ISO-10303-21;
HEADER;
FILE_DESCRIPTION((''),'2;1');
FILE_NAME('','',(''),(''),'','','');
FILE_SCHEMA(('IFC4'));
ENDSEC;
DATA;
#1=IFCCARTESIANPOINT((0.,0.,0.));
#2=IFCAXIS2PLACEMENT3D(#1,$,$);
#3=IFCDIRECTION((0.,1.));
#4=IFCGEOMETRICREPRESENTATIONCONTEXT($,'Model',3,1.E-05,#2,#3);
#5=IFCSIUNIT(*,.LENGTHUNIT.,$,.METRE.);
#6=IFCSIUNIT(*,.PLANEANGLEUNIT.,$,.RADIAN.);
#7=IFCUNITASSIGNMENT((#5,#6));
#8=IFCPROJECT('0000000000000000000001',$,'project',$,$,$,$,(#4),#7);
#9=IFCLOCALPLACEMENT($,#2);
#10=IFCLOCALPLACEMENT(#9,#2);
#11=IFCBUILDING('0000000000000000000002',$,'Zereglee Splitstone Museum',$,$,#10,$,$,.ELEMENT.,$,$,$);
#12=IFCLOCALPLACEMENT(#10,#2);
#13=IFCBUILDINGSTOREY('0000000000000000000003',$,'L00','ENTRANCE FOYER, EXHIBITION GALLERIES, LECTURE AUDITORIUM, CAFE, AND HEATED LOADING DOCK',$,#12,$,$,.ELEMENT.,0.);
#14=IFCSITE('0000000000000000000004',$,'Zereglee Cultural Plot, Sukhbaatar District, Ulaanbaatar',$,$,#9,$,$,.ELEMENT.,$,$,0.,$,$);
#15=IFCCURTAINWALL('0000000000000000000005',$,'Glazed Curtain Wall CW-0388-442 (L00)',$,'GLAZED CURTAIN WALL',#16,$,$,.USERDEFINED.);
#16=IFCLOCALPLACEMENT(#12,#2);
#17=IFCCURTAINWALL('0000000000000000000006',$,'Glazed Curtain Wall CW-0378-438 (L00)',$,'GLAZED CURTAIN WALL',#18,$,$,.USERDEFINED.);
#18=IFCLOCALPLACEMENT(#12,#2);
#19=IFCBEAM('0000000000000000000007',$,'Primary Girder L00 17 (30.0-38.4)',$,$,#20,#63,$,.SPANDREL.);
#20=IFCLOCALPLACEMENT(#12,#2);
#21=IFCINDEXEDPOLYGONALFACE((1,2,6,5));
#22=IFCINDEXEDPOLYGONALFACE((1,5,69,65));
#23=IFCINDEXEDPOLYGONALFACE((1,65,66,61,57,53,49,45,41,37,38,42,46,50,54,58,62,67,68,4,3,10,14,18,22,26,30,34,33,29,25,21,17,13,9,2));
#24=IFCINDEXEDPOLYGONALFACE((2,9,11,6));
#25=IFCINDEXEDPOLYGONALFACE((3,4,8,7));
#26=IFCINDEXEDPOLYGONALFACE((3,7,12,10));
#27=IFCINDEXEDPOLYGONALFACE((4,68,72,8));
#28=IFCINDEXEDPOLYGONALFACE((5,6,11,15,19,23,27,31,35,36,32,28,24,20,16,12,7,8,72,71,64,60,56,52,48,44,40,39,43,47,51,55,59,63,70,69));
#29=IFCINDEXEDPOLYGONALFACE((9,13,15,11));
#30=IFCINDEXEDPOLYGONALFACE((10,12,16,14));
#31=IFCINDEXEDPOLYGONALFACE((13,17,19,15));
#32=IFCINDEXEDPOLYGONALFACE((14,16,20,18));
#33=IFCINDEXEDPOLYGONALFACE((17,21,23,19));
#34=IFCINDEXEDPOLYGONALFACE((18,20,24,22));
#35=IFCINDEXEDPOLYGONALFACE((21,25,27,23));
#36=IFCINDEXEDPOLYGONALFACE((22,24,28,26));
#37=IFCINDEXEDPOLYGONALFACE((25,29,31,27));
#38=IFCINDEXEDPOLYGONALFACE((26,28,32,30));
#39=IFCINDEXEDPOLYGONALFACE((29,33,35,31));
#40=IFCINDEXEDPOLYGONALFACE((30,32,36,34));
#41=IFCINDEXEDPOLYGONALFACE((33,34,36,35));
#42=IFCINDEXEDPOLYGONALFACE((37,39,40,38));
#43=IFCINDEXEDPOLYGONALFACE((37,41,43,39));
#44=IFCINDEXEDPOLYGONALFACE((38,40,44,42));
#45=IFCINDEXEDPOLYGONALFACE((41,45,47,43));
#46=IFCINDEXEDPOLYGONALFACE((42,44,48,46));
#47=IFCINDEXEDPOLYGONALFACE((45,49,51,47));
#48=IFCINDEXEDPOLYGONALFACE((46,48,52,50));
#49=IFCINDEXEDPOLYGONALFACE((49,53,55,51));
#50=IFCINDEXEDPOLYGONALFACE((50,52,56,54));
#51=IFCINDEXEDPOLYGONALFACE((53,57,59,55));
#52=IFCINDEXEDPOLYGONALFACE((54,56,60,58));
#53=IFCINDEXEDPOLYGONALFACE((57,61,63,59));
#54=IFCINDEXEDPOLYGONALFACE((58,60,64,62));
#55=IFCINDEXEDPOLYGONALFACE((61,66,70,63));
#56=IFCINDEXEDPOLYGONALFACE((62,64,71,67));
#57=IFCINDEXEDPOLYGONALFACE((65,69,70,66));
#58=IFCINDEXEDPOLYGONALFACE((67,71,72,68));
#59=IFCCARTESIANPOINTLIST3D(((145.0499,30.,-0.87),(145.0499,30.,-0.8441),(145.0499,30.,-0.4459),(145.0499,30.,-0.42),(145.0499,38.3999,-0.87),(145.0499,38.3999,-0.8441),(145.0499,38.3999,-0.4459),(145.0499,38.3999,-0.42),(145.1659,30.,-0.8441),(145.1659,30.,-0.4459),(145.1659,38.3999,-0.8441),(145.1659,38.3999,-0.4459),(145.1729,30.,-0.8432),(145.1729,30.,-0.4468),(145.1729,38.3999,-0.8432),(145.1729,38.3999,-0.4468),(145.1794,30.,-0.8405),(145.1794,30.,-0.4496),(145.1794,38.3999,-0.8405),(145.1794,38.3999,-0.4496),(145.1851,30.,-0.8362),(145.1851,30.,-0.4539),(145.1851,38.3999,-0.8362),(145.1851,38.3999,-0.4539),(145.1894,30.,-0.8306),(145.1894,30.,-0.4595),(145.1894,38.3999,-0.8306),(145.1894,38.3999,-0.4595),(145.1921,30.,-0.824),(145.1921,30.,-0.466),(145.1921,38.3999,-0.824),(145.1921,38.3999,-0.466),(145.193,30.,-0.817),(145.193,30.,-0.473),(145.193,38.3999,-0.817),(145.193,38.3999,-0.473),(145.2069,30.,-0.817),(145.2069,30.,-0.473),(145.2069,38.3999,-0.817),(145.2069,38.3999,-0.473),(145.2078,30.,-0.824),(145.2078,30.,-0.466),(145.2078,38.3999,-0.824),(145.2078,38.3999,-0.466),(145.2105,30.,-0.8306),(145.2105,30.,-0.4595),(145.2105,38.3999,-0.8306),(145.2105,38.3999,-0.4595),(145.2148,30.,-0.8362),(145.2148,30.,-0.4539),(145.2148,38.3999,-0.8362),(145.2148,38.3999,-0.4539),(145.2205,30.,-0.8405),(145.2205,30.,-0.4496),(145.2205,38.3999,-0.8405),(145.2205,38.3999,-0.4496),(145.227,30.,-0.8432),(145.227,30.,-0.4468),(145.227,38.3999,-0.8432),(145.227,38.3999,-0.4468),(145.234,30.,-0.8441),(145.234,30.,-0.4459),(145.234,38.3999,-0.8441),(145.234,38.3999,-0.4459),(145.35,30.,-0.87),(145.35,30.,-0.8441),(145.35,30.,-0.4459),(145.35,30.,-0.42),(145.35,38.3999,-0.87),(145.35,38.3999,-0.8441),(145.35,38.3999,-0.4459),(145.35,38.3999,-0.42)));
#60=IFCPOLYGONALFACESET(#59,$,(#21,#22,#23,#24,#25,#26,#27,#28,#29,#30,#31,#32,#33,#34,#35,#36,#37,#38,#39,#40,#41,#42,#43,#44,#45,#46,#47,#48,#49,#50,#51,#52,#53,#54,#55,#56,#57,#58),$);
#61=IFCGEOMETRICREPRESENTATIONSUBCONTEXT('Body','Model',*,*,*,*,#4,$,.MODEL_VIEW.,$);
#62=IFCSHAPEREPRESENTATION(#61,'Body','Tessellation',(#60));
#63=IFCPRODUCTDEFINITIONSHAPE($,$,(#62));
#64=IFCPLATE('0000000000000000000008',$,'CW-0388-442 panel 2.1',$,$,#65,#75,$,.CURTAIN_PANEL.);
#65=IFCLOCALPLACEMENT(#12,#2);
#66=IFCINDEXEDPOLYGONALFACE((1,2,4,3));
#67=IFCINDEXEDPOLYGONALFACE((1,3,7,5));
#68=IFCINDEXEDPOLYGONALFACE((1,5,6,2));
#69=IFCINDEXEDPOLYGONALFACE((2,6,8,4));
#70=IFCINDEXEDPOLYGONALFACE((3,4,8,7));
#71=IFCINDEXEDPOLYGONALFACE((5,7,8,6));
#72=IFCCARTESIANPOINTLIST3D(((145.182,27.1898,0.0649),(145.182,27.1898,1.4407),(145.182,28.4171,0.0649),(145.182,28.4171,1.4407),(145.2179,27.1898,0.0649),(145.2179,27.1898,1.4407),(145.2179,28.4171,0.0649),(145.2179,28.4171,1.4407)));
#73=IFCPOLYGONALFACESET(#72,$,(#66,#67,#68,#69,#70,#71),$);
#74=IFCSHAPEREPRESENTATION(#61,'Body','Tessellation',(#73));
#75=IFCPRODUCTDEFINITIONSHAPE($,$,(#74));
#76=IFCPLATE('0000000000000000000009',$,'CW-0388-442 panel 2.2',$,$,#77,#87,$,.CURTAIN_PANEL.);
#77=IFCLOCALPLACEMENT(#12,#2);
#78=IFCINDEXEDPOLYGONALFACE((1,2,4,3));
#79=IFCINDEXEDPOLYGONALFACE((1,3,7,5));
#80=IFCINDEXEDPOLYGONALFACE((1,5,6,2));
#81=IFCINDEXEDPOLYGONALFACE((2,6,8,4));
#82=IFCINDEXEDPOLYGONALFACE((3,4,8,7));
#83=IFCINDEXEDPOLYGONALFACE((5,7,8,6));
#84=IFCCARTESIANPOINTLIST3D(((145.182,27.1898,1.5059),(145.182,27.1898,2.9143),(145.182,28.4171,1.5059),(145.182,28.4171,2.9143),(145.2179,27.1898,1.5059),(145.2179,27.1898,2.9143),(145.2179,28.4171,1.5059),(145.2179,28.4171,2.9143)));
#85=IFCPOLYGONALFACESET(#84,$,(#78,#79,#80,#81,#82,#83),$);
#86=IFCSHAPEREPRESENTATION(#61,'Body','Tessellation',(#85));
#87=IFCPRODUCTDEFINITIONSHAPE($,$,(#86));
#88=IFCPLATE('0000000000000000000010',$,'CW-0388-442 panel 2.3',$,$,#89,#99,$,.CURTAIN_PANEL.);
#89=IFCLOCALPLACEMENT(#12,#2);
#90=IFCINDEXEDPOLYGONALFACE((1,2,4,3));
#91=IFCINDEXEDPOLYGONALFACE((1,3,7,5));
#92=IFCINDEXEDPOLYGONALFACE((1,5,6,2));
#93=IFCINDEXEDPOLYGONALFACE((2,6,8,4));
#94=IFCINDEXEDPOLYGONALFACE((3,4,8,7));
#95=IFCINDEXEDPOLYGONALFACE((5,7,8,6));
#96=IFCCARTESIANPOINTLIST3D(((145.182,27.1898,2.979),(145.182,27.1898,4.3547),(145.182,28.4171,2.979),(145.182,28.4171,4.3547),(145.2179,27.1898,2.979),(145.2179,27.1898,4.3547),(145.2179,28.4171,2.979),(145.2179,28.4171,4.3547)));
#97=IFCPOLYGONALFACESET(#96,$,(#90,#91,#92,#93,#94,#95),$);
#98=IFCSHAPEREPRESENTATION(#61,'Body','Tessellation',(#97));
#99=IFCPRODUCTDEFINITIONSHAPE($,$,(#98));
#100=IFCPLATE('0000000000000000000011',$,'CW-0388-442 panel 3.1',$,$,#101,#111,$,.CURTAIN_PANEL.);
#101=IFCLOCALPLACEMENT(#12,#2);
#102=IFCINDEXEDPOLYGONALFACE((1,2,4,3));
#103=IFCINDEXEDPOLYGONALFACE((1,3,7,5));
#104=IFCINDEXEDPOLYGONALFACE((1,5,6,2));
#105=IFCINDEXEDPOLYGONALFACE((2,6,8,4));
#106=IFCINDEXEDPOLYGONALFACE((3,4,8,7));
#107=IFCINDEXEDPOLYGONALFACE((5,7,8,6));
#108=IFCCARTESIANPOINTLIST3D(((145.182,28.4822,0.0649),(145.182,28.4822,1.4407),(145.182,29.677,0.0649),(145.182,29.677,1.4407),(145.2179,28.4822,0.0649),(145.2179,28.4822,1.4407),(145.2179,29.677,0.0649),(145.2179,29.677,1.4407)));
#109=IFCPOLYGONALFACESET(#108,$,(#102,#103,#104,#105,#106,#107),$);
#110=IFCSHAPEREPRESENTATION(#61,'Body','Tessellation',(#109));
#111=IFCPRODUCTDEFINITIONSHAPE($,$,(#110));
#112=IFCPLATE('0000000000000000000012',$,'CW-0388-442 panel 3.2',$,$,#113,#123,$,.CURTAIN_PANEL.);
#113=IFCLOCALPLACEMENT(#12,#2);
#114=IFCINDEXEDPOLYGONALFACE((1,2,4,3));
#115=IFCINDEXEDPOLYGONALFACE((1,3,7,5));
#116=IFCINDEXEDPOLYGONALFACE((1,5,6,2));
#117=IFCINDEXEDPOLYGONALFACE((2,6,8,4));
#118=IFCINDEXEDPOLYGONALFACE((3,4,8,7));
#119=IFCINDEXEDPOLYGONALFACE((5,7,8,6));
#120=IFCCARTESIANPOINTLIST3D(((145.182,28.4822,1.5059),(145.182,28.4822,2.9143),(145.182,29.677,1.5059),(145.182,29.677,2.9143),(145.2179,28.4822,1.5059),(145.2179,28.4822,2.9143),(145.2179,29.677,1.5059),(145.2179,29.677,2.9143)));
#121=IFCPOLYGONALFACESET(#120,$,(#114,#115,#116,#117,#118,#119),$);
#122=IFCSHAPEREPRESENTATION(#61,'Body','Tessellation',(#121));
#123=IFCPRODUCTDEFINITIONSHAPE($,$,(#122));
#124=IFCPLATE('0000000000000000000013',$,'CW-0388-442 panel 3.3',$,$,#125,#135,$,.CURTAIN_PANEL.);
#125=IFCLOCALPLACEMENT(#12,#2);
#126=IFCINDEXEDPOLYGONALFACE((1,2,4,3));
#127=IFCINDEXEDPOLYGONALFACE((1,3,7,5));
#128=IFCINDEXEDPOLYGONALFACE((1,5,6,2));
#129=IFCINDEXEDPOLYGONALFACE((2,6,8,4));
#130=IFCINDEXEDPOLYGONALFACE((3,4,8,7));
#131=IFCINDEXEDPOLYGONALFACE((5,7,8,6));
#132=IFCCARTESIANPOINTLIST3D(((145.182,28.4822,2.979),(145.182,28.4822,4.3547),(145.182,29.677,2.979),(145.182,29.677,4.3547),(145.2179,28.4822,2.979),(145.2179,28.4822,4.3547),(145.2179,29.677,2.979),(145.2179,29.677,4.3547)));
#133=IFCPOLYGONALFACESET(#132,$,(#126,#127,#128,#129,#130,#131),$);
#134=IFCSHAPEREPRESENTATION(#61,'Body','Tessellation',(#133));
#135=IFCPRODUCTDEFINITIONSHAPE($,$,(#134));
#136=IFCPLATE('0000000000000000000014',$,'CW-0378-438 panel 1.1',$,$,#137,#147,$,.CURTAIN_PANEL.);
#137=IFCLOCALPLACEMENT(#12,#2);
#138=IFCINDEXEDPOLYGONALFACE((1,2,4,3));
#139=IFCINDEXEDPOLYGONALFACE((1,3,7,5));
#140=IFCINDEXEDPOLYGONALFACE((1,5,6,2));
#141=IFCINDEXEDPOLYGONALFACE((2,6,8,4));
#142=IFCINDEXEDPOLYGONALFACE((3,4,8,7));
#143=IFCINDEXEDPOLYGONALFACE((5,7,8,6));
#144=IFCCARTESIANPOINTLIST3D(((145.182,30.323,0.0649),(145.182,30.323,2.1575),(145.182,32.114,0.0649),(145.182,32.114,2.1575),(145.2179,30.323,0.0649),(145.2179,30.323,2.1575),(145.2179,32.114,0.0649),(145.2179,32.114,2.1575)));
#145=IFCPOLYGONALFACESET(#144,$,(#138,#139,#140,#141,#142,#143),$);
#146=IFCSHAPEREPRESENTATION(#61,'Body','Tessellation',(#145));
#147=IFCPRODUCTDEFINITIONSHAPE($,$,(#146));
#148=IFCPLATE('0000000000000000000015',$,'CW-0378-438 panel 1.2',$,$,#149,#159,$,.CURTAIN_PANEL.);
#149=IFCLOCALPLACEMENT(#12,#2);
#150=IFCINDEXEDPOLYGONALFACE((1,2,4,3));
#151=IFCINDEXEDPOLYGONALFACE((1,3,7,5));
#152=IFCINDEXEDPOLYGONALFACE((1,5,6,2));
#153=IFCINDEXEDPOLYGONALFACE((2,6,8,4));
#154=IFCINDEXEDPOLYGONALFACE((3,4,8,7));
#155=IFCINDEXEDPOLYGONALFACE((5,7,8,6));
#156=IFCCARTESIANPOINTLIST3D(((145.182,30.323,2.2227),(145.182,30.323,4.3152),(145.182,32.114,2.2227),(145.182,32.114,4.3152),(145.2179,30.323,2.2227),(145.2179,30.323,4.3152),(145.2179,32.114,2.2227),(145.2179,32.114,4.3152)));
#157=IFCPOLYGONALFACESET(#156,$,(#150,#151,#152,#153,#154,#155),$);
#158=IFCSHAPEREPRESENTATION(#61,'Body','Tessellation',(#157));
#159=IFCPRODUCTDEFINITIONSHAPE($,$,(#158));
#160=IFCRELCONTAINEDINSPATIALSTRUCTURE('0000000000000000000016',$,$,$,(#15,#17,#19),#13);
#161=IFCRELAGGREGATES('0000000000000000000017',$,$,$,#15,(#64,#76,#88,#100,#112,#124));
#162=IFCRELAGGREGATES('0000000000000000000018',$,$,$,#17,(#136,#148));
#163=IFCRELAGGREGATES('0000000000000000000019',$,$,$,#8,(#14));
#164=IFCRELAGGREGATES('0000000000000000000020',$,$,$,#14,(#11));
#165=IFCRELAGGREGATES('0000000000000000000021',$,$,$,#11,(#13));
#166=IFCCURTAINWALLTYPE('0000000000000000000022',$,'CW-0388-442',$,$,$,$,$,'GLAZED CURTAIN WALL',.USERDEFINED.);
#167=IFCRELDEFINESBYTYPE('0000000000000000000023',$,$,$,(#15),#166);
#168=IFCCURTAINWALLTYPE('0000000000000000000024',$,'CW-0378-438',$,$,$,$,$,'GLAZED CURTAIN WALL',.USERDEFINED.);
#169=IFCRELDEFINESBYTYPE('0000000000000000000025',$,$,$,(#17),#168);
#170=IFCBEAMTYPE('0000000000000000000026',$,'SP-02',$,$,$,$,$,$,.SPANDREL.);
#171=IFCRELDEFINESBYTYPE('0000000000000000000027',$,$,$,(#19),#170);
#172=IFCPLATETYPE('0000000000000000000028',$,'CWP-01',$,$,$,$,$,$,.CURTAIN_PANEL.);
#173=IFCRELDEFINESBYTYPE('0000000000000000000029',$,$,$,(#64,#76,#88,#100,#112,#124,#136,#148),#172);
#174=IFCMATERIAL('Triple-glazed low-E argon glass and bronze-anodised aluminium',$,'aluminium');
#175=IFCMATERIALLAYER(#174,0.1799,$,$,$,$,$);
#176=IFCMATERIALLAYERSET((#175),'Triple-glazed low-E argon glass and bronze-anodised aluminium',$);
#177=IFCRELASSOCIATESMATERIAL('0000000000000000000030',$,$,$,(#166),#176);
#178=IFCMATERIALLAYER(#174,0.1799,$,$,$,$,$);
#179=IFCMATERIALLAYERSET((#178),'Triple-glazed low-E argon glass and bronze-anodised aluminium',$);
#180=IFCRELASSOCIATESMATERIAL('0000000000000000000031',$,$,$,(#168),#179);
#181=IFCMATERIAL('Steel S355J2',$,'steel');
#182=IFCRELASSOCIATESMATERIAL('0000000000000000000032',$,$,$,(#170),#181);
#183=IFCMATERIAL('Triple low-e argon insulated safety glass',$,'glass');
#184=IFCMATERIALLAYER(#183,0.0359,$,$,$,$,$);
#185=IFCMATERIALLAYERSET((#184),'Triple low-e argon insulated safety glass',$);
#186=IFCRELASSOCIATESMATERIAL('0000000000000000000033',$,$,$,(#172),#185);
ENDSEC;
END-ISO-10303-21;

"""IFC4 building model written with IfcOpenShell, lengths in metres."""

from ifc_helpers import new_model, si_unit, direction, frame, origin, origin_2d, place, context, subcontext, project, spatial, rectangle, i_section, extrude, material, layer, layer_set, material_profile, profile_set, type_object, element, aggregate, save


model = new_model("IFC4")

# Units and contexts
model_context = context("Model", 3, precision=1e-05, world=origin(), true_north=direction((0.0, 1.0)))
body_context = subcontext(model_context, "Body", "Model", "MODEL_VIEW")
ifc_project = project(units=[si_unit("LENGTHUNIT", "METRE"), si_unit("PLANEANGLEUNIT", "RADIAN")], contexts=[model_context])

# Site, building, storey
site_placement = place(None, origin())
site = spatial("IfcSite", under=ifc_project, at=site_placement, Name="Zereglee Cultural Plot, Sukhbaatar District, Ulaanbaatar", CompositionType="ELEMENT", RefElevation=0.0)
building_placement = place(site_placement, origin())
building = spatial("IfcBuilding", under=site, at=building_placement, Name="Zereglee Splitstone Museum", CompositionType="ELEMENT")
storey_placement = place(building_placement, origin())
storey = spatial("IfcBuildingStorey", under=building, at=storey_placement, Name="L00", Description="ENTRANCE FOYER, EXHIBITION GALLERIES, LECTURE AUDITORIUM, CAFE, AND HEATED LOADING DOCK", CompositionType="ELEMENT", Elevation=0.0)

# Curtain wall
ifc_material_1 = material(Name="Triple-glazed low-E argon glass and bronze-anodised aluminium", Category="aluminium")
ifc_layer_1 = layer(ifc_material_1, 0.1799)
ifc_layer_set_1 = layer_set([ifc_layer_1], Name="Triple-glazed low-E argon glass and bronze-anodised aluminium")
curtain_wall_type_1 = type_object("IfcCurtainWallType", Name="CW-0388-442", ElementType="GLAZED CURTAIN WALL", PredefinedType="USERDEFINED", material=ifc_layer_set_1)
curtain_wall_1_placement = place(storey_placement, origin())
curtain_wall_1 = element("IfcCurtainWall", 1, at=curtain_wall_1_placement, inside=storey, type_object=curtain_wall_type_1, Name="Glazed Curtain Wall CW-0388-442 (L00)", ObjectType="GLAZED CURTAIN WALL", PredefinedType="USERDEFINED")

# Curtain wall
ifc_layer_2 = layer(ifc_material_1, 0.1799)
ifc_layer_set_2 = layer_set([ifc_layer_2], Name="Triple-glazed low-E argon glass and bronze-anodised aluminium")
curtain_wall_type_2 = type_object("IfcCurtainWallType", Name="CW-0378-438", ElementType="GLAZED CURTAIN WALL", PredefinedType="USERDEFINED", material=ifc_layer_set_2)
curtain_wall_2_placement = place(storey_placement, origin())
curtain_wall_2 = element("IfcCurtainWall", 2, at=curtain_wall_2_placement, inside=storey, type_object=curtain_wall_type_2, Name="Glazed Curtain Wall CW-0378-438 (L00)", ObjectType="GLAZED CURTAIN WALL", PredefinedType="USERDEFINED")

# Beam
ifc_material_2 = material(Name="Steel S355J2", Category="steel")
ifc_material_profile_1 = material_profile(ifc_material_2, i_section(OverallWidth=0.3, OverallDepth=0.45, WebThickness=0.0139, FlangeThickness=0.0259, FilletRadius=0.0271, at=origin_2d()), Name="HE 450 B")
ifc_profile_set_1 = profile_set([ifc_material_profile_1], Name="Steel S355J2")
beam_type = type_object("IfcBeamType", Name="SP-02", PredefinedType="SPANDREL", material=ifc_profile_set_1)
beam_placement = place(storey_placement, frame((145.2, 30.0, -0.645), z_axis=(0.0, 1.0, 0.0), x_axis=(-1.0, 0.0, 0.0)))
element("IfcBeam", 3, at=beam_placement, inside=storey, type_object=beam_type, Name="Primary Girder L00 17 (30.0-38.4)", PredefinedType="SPANDREL", context=body_context, shape_type="SweptSolid", body=[
    extrude(i_section(OverallWidth=0.3, OverallDepth=0.45, WebThickness=0.0139, FlangeThickness=0.0259, FilletRadius=0.0271, at=origin_2d()), origin(), (0.0, 0.0, 1.0), 8.3999),
])

# Plates
ifc_material_3 = material(Name="Triple low-e argon insulated safety glass", Category="glass")
ifc_layer_3 = layer(ifc_material_3, 0.0359)
ifc_layer_set_3 = layer_set([ifc_layer_3], Name="Triple low-e argon insulated safety glass")
plate_type = type_object("IfcPlateType", Name="CWP-01", PredefinedType="CURTAIN_PANEL", material=ifc_layer_set_3)
plate_1_placement = place(storey_placement, frame((145.2, 27.8035, 0.0649), z_axis=(0.0, 0.0, 1.0), x_axis=(0.0, 1.0, 0.0)))
plate_1 = element("IfcPlate", 4, at=plate_1_placement, type_object=plate_type, Name="CW-0388-442 panel 2.1", PredefinedType="CURTAIN_PANEL", context=body_context, shape_type="SweptSolid", body=[
    extrude(rectangle(XDim=1.2273, YDim=0.0359, at=origin_2d()), origin(), (0.0, 0.0, 1.0), 1.3757),
])
plate_2_placement = place(storey_placement, frame((145.2, 27.8035, 1.5059), z_axis=(0.0, 0.0, 1.0), x_axis=(0.0, 1.0, 0.0)))
plate_2 = element("IfcPlate", 5, at=plate_2_placement, type_object=plate_type, Name="CW-0388-442 panel 2.2", PredefinedType="CURTAIN_PANEL", context=body_context, shape_type="SweptSolid", body=[
    extrude(rectangle(XDim=1.2273, YDim=0.0359, at=origin_2d()), origin(), (0.0, 0.0, 1.0), 1.4084),
])
plate_3_placement = place(storey_placement, frame((145.2, 27.8035, 2.979), z_axis=(0.0, 0.0, 1.0), x_axis=(0.0, 1.0, 0.0)))
plate_3 = element("IfcPlate", 6, at=plate_3_placement, type_object=plate_type, Name="CW-0388-442 panel 2.3", PredefinedType="CURTAIN_PANEL", context=body_context, shape_type="SweptSolid", body=[
    extrude(rectangle(XDim=1.2273, YDim=0.0359, at=origin_2d()), origin(), (0.0, 0.0, 1.0), 1.3757),
])
plate_4_placement = place(storey_placement, frame((145.2, 29.0796, 0.0649), z_axis=(0.0, 0.0, 1.0), x_axis=(0.0, 1.0, 0.0)))
plate_4 = element("IfcPlate", 7, at=plate_4_placement, type_object=plate_type, Name="CW-0388-442 panel 3.1", PredefinedType="CURTAIN_PANEL", context=body_context, shape_type="SweptSolid", body=[
    extrude(rectangle(XDim=1.1948, YDim=0.0359, at=origin_2d()), origin(), (0.0, 0.0, 1.0), 1.3757),
])
plate_5_placement = place(storey_placement, frame((145.2, 29.0796, 1.5059), z_axis=(0.0, 0.0, 1.0), x_axis=(0.0, 1.0, 0.0)))
plate_5 = element("IfcPlate", 8, at=plate_5_placement, type_object=plate_type, Name="CW-0388-442 panel 3.2", PredefinedType="CURTAIN_PANEL", context=body_context, shape_type="SweptSolid", body=[
    extrude(rectangle(XDim=1.1948, YDim=0.0359, at=origin_2d()), origin(), (0.0, 0.0, 1.0), 1.4084),
])
plate_6_placement = place(storey_placement, frame((145.2, 29.0796, 2.979), z_axis=(0.0, 0.0, 1.0), x_axis=(0.0, 1.0, 0.0)))
plate_6 = element("IfcPlate", 9, at=plate_6_placement, type_object=plate_type, Name="CW-0388-442 panel 3.3", PredefinedType="CURTAIN_PANEL", context=body_context, shape_type="SweptSolid", body=[
    extrude(rectangle(XDim=1.1948, YDim=0.0359, at=origin_2d()), origin(), (0.0, 0.0, 1.0), 1.3757),
])
aggregate(curtain_wall_1, [plate_1, plate_2, plate_3, plate_4, plate_5, plate_6])
plate_7_placement = place(storey_placement, frame((145.2, 31.2185, 0.0649), z_axis=(0.0, 0.0, 1.0), x_axis=(0.0, 1.0, 0.0)))
plate_7 = element("IfcPlate", 10, at=plate_7_placement, type_object=plate_type, Name="CW-0378-438 panel 1.1", PredefinedType="CURTAIN_PANEL", context=body_context, shape_type="SweptSolid", body=[
    extrude(rectangle(XDim=1.791, YDim=0.0359, at=origin_2d()), origin(), (0.0, 0.0, 1.0), 2.0925),
])
plate_8_placement = place(storey_placement, frame((145.2, 31.2185, 2.2227), z_axis=(0.0, 0.0, 1.0), x_axis=(0.0, 1.0, 0.0)))
plate_8 = element("IfcPlate", 11, at=plate_8_placement, type_object=plate_type, Name="CW-0378-438 panel 1.2", PredefinedType="CURTAIN_PANEL", context=body_context, shape_type="SweptSolid", body=[
    extrude(rectangle(XDim=1.791, YDim=0.0359, at=origin_2d()), origin(), (0.0, 0.0, 1.0), 2.0925),
])
aggregate(curtain_wall_2, [plate_7, plate_8])

save(model, "model.ifc")
